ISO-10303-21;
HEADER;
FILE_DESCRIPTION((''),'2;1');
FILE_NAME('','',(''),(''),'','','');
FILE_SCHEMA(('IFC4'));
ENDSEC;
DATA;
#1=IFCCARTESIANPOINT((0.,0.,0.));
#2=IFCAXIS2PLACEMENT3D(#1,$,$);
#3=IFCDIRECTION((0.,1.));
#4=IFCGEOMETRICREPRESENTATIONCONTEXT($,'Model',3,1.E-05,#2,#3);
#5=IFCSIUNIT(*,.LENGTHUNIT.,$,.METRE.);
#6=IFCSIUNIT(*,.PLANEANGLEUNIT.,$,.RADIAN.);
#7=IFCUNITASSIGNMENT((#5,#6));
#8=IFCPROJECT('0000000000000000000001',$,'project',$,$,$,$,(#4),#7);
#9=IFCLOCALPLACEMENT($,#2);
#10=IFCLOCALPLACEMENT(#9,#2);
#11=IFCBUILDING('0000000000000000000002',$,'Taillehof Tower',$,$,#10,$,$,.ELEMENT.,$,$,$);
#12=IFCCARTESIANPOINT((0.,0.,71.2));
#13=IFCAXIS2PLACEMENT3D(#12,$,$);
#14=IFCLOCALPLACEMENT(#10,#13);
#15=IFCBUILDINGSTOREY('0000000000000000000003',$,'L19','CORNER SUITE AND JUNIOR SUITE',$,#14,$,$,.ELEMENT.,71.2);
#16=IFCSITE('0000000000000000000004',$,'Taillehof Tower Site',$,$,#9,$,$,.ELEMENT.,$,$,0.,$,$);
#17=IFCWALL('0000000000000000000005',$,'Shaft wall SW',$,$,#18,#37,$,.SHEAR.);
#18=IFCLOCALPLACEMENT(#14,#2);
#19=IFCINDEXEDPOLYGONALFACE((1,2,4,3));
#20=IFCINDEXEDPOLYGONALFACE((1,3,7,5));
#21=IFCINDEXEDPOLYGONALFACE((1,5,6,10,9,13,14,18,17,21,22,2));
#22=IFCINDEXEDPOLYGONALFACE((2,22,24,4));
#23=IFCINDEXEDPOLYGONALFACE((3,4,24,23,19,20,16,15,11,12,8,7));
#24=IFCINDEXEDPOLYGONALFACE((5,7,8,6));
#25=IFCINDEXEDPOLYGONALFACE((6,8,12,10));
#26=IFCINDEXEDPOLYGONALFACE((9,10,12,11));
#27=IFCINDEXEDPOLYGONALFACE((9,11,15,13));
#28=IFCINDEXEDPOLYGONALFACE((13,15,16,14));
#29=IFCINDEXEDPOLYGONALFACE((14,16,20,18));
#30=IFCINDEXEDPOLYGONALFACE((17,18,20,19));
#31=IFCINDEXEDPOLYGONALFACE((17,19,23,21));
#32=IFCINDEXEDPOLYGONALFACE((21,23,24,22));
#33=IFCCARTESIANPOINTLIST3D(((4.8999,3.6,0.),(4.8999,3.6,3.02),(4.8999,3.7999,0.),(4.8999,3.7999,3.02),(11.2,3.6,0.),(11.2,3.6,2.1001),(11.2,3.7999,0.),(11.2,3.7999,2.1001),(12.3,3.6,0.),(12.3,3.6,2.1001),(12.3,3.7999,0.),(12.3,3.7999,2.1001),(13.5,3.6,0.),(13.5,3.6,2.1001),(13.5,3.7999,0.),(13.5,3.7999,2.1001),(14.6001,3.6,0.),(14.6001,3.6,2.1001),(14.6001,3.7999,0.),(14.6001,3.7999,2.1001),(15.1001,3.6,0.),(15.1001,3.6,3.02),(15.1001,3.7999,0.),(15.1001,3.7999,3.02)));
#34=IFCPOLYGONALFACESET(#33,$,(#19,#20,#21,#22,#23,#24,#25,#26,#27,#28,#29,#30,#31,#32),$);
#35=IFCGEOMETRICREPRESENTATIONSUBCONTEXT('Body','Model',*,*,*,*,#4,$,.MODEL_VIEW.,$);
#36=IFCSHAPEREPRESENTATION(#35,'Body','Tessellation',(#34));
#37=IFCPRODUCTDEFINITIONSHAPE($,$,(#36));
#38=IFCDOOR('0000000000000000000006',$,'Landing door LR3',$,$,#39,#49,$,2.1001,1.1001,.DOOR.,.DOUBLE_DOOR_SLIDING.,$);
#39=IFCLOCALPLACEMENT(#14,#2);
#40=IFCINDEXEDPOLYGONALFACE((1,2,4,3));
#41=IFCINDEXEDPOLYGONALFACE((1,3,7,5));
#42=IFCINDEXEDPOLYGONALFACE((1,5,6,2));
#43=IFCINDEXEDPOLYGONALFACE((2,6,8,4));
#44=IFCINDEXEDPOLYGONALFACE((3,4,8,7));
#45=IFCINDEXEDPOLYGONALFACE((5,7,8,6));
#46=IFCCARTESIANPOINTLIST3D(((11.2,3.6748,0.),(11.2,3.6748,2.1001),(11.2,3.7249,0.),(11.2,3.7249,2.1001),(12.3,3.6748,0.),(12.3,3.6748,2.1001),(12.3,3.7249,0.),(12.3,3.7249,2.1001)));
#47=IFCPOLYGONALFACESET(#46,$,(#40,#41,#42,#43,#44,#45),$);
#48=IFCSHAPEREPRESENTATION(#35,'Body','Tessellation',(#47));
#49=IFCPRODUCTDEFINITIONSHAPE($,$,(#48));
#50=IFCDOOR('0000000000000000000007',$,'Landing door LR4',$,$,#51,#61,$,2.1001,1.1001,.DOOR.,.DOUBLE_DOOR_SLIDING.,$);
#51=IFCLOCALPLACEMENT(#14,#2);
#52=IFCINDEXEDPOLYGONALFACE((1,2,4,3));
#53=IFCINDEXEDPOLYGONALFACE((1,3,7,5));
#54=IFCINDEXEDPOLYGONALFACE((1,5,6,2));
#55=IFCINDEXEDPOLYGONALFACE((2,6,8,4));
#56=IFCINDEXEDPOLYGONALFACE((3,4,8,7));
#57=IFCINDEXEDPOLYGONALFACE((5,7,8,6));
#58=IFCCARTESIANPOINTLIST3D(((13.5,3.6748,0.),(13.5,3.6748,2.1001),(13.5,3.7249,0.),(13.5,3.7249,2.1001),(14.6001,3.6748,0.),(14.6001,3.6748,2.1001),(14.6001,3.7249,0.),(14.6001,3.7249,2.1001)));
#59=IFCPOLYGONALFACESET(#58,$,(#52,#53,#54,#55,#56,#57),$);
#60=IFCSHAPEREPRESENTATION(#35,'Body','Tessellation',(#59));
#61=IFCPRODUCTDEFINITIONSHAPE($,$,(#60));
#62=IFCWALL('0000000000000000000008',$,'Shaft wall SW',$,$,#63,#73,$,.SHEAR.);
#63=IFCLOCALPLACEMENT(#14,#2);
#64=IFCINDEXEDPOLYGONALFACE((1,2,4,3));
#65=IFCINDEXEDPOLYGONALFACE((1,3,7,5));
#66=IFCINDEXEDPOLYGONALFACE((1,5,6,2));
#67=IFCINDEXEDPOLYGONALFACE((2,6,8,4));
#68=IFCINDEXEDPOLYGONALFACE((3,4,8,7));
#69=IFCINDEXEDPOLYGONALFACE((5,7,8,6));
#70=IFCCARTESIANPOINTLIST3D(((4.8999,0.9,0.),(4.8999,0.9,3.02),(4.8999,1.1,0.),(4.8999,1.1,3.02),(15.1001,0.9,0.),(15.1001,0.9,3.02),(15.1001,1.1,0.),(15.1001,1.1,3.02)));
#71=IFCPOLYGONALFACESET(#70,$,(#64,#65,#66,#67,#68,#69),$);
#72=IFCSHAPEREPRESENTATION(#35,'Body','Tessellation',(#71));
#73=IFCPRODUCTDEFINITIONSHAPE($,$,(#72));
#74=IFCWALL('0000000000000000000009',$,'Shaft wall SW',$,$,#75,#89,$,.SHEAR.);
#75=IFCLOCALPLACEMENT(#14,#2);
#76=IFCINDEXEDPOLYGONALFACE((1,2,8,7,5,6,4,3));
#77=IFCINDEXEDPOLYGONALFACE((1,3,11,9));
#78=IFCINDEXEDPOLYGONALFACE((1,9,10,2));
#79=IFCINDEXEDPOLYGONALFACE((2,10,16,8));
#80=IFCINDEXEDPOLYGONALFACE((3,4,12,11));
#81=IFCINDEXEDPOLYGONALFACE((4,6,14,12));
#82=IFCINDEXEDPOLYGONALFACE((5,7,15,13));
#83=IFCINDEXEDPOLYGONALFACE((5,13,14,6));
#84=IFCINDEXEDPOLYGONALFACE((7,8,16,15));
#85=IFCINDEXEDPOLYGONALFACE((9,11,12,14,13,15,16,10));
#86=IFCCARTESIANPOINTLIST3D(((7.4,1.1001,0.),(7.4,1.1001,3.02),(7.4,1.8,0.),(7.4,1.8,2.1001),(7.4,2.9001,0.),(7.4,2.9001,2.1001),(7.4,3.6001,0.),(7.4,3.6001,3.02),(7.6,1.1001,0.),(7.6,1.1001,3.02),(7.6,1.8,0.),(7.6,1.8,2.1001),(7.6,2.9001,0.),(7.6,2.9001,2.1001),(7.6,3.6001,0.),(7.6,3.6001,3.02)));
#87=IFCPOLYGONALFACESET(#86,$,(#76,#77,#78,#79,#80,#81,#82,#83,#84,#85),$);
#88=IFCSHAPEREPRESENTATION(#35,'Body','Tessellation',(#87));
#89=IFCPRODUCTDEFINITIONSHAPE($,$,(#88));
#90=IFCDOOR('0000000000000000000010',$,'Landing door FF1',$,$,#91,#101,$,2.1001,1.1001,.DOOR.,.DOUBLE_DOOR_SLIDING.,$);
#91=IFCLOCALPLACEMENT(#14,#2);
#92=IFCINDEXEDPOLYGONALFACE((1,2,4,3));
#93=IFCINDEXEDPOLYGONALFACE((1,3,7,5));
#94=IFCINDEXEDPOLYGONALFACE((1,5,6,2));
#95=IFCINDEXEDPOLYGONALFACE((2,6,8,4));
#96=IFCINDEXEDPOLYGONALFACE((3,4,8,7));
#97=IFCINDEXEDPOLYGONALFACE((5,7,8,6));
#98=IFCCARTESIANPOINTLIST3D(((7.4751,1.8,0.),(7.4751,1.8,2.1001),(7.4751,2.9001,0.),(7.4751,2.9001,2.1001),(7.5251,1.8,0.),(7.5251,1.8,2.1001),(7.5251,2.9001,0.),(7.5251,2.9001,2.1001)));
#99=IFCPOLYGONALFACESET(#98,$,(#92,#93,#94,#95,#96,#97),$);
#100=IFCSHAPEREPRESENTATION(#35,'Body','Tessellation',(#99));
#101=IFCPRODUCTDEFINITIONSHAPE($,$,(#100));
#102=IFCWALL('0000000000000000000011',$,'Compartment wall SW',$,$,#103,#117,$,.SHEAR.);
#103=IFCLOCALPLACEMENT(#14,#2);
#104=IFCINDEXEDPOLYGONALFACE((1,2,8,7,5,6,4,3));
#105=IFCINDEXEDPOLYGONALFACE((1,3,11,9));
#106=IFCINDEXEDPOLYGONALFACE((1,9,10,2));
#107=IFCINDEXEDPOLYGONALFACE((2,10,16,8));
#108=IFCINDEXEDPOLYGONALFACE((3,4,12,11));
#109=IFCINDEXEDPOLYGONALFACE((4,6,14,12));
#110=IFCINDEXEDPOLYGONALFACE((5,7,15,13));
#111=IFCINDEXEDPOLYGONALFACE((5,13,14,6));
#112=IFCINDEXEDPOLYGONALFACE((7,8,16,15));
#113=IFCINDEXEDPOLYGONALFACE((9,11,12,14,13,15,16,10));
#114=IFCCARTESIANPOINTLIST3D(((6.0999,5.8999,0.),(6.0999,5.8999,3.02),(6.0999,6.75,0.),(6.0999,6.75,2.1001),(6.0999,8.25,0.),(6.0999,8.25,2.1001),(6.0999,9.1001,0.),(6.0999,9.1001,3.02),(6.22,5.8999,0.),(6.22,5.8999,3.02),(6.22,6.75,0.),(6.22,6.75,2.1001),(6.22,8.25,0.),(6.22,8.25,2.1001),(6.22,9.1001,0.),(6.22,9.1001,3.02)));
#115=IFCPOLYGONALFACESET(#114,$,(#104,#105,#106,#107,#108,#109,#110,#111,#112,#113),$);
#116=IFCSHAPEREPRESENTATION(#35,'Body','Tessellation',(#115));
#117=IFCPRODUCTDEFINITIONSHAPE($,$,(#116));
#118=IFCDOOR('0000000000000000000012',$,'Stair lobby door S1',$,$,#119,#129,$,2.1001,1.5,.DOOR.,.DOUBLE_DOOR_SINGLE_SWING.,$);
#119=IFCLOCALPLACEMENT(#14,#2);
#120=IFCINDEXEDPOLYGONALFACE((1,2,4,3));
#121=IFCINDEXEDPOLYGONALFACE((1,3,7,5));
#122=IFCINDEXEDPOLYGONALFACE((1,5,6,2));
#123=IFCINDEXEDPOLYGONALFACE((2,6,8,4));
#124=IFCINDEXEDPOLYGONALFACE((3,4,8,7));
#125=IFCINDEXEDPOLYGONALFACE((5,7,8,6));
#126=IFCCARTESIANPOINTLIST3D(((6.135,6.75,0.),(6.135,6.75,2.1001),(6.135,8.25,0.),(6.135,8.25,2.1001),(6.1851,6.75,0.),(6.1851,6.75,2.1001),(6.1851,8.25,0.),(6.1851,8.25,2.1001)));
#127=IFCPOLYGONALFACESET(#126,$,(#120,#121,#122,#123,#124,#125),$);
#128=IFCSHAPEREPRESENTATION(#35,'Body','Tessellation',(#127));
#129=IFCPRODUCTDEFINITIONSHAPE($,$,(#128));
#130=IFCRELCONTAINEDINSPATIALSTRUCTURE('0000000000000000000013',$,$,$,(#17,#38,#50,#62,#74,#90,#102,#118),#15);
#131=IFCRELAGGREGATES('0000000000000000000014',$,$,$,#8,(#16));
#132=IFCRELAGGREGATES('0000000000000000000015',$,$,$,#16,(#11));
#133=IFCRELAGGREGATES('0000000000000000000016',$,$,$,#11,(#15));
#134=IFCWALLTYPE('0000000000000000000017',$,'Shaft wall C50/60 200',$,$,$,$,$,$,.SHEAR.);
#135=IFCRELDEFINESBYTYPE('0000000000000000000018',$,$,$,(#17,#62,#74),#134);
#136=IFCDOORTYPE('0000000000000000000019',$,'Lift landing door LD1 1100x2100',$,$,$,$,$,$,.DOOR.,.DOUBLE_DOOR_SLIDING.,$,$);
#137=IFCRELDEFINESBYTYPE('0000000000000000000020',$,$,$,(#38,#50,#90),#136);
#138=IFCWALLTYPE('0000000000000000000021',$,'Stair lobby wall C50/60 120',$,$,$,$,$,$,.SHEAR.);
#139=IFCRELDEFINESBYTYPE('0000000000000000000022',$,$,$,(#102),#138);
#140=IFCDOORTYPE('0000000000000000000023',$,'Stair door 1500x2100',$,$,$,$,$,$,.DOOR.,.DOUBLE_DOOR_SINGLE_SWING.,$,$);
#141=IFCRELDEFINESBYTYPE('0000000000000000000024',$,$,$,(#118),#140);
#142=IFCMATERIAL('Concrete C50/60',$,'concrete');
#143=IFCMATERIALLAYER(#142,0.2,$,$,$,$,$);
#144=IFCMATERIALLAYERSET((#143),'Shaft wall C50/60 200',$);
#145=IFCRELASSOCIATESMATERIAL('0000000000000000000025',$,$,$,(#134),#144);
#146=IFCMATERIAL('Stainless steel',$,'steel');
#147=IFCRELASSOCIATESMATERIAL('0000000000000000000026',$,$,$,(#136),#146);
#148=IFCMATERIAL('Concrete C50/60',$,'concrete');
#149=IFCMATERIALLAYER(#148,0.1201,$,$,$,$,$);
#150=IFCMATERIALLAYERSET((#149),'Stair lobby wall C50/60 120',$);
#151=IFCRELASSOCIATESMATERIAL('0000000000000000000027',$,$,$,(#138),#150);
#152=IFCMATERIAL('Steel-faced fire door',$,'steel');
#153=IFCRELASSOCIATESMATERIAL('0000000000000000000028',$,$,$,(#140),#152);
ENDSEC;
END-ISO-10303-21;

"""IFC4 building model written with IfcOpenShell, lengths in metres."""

from ifc_helpers import new_model, si_unit, direction, frame, frame_2d, origin, place, context, subcontext, project, spatial, rectangle, extrude, material, layer, layer_set, type_object, element, fill, save


model = new_model("IFC4")

# Units and contexts
model_context = context("Model", 3, precision=1e-05, world=origin(), true_north=direction((0.0, 1.0)))
body_context = subcontext(model_context, "Body", "Model", "MODEL_VIEW")
ifc_project = project(units=[si_unit("LENGTHUNIT", "METRE"), si_unit("PLANEANGLEUNIT", "RADIAN")], contexts=[model_context])

# Site, building, storey
site_placement = place(None, origin())
site = spatial("IfcSite", under=ifc_project, at=site_placement, Name="Taillehof Tower Site", CompositionType="ELEMENT", RefElevation=0.0)
building_placement = place(site_placement, origin())
building = spatial("IfcBuilding", under=site, at=building_placement, Name="Taillehof Tower", CompositionType="ELEMENT")
storey_placement = place(building_placement, frame((0.0, 0.0, 71.2)))
storey = spatial("IfcBuildingStorey", under=building, at=storey_placement, Name="L19", Description="CORNER SUITE AND JUNIOR SUITE", CompositionType="ELEMENT", Elevation=71.2)

# Wall, openings, doors
ifc_material_1 = material(Name="Concrete C50/60", Category="concrete")
ifc_layer_1 = layer(ifc_material_1, 0.2)
ifc_layer_set_1 = layer_set([ifc_layer_1], Name="Shaft wall C50/60 200")
wall_type_1 = type_object("IfcWallType", Name="Shaft wall C50/60 200", PredefinedType="SHEAR", material=ifc_layer_set_1)
ifc_material_2 = material(Name="Stainless steel", Category="steel")
door_type_1 = type_object("IfcDoorType", Name="Lift landing door LD1 1100x2100", OperationType="DOUBLE_DOOR_SLIDING", PredefinedType="DOOR", material=ifc_material_2)
wall_1_placement = place(storey_placement, frame((4.8999, 3.7, 0.0), z_axis=(0.0, 0.0, 1.0), x_axis=(1.0, 0.0, 0.0)))
wall_1 = element("IfcWall", 1, at=wall_1_placement, inside=storey, type_object=wall_type_1, Name="Shaft wall SW", PredefinedType="SHEAR", context=body_context, shape_type="SweptSolid", body=[
    extrude(rectangle(XDim=10.2002, YDim=0.2, at=frame_2d((5.1001, 0.0))), origin(), (0.0, 0.0, 1.0), 3.02),
])
opening_1_placement = place(wall_1_placement, frame((6.3, 0.0, 0.0)))
opening_1 = element("IfcOpeningElement", 2, at=opening_1_placement, cuts=wall_1, PredefinedType="OPENING", context=body_context, shape_type="SweptSolid", body=[
    extrude(rectangle(XDim=1.1001, YDim=2.1001, at=frame_2d((0.55, 1.05))), frame((0.0, 0.1099, 0.0), z_axis=(0.0, -1.0, 0.0), x_axis=(1.0, 0.0, 0.0)), (0.0, 0.0, 1.0), 0.22),
])
opening_2_placement = place(wall_1_placement, frame((8.6001, 0.0, 0.0)))
opening_2 = element("IfcOpeningElement", 3, at=opening_2_placement, cuts=wall_1, PredefinedType="OPENING", context=body_context, shape_type="SweptSolid", body=[
    extrude(rectangle(XDim=1.1001, YDim=2.1001, at=frame_2d((0.55, 1.05))), frame((0.0, 0.1099, 0.0), z_axis=(0.0, -1.0, 0.0), x_axis=(1.0, 0.0, 0.0)), (0.0, 0.0, 1.0), 0.22),
])
door_1_placement = place(opening_1_placement, origin())
door_1 = element("IfcDoor", 4, at=door_1_placement, inside=storey, type_object=door_type_1, Name="Landing door LR3", OperationType="DOUBLE_DOOR_SLIDING", OverallHeight=2.1001, OverallWidth=1.1001, PredefinedType="DOOR", context=body_context, shape_type="SweptSolid", body=[
    extrude(rectangle(XDim=1.1001, YDim=2.1001, at=frame_2d((0.55, 1.05))), frame((0.0, 0.0249, 0.0), z_axis=(0.0, -1.0, 0.0), x_axis=(1.0, 0.0, 0.0)), (0.0, 0.0, 1.0), 0.05),
])
fill(opening_1, door_1)
door_2_placement = place(opening_2_placement, origin())
door_2 = element("IfcDoor", 5, at=door_2_placement, inside=storey, type_object=door_type_1, Name="Landing door LR4", OperationType="DOUBLE_DOOR_SLIDING", OverallHeight=2.1001, OverallWidth=1.1001, PredefinedType="DOOR", context=body_context, shape_type="SweptSolid", body=[
    extrude(rectangle(XDim=1.1001, YDim=2.1001, at=frame_2d((0.55, 1.05))), frame((0.0, 0.0249, 0.0), z_axis=(0.0, -1.0, 0.0), x_axis=(1.0, 0.0, 0.0)), (0.0, 0.0, 1.0), 0.05),
])
fill(opening_2, door_2)

# Wall
wall_2_placement = place(storey_placement, frame((4.8999, 1.0, 0.0), z_axis=(0.0, 0.0, 1.0), x_axis=(1.0, 0.0, 0.0)))
element("IfcWall", 6, at=wall_2_placement, inside=storey, type_object=wall_type_1, Name="Shaft wall SW", PredefinedType="SHEAR", context=body_context, shape_type="SweptSolid", body=[
    extrude(rectangle(XDim=10.2002, YDim=0.2, at=frame_2d((5.1001, 0.0))), origin(), (0.0, 0.0, 1.0), 3.02),
])

# Walls, openings, doors
wall_3_placement = place(storey_placement, frame((7.5, 1.1001, 0.0), z_axis=(0.0, 0.0, 1.0), x_axis=(0.0, 1.0, 0.0)))
wall_3 = element("IfcWall", 7, at=wall_3_placement, inside=storey, type_object=wall_type_1, Name="Shaft wall SW", PredefinedType="SHEAR", context=body_context, shape_type="SweptSolid", body=[
    extrude(rectangle(XDim=2.5, YDim=0.2, at=frame_2d((1.25, 0.0))), origin(), (0.0, 0.0, 1.0), 3.02),
])
opening_3_placement = place(wall_3_placement, frame((0.7, 0.0, 0.0)))
opening_3 = element("IfcOpeningElement", 8, at=opening_3_placement, cuts=wall_3, PredefinedType="OPENING", context=body_context, shape_type="SweptSolid", body=[
    extrude(rectangle(XDim=1.1001, YDim=2.1001, at=frame_2d((0.55, 1.05))), frame((0.0, 0.1099, 0.0), z_axis=(0.0, -1.0, 0.0), x_axis=(1.0, 0.0, 0.0)), (0.0, 0.0, 1.0), 0.22),
])
door_3_placement = place(opening_3_placement, origin())
door_3 = element("IfcDoor", 9, at=door_3_placement, inside=storey, type_object=door_type_1, Name="Landing door FF1", OperationType="DOUBLE_DOOR_SLIDING", OverallHeight=2.1001, OverallWidth=1.1001, PredefinedType="DOOR", context=body_context, shape_type="SweptSolid", body=[
    extrude(rectangle(XDim=1.1001, YDim=2.1001, at=frame_2d((0.55, 1.05))), frame((0.0, 0.0249, 0.0), z_axis=(0.0, -1.0, 0.0), x_axis=(1.0, 0.0, 0.0)), (0.0, 0.0, 1.0), 0.05),
])
fill(opening_3, door_3)
ifc_material_3 = material(Name="Concrete C50/60", Category="concrete")
ifc_layer_2 = layer(ifc_material_3, 0.1201)
ifc_layer_set_2 = layer_set([ifc_layer_2], Name="Stair lobby wall C50/60 120")
wall_type_2 = type_object("IfcWallType", Name="Stair lobby wall C50/60 120", PredefinedType="SHEAR", material=ifc_layer_set_2)
wall_4_placement = place(storey_placement, frame((6.1599, 5.8999, 0.0), z_axis=(0.0, 0.0, 1.0), x_axis=(0.0, 1.0, 0.0)))
wall_4 = element("IfcWall", 10, at=wall_4_placement, inside=storey, type_object=wall_type_2, Name="Compartment wall SW", PredefinedType="SHEAR", context=body_context, shape_type="SweptSolid", body=[
    extrude(rectangle(XDim=3.2002, YDim=0.1201, at=frame_2d((1.6001, 0.0))), origin(), (0.0, 0.0, 1.0), 3.02),
])
opening_4_placement = place(wall_4_placement, frame((0.8501, 0.0, 0.0)))
opening_4 = element("IfcOpeningElement", 11, at=opening_4_placement, cuts=wall_4, PredefinedType="OPENING", context=body_context, shape_type="SweptSolid", body=[
    extrude(rectangle(XDim=1.5, YDim=2.1001, at=frame_2d((0.75, 1.05))), frame((0.0, 0.0701, 0.0), z_axis=(0.0, -1.0, 0.0), x_axis=(1.0, 0.0, 0.0)), (0.0, 0.0, 1.0), 0.1401),
])
ifc_material_4 = material(Name="Steel-faced fire door", Category="steel")
door_type_2 = type_object("IfcDoorType", Name="Stair door 1500x2100", OperationType="DOUBLE_DOOR_SINGLE_SWING", PredefinedType="DOOR", material=ifc_material_4)
door_4_placement = place(opening_4_placement, origin())
door_4 = element("IfcDoor", 12, at=door_4_placement, inside=storey, type_object=door_type_2, Name="Stair lobby door S1", OperationType="DOUBLE_DOOR_SINGLE_SWING", OverallHeight=2.1001, OverallWidth=1.5, PredefinedType="DOOR", context=body_context, shape_type="SweptSolid", body=[
    extrude(rectangle(XDim=1.5, YDim=2.1001, at=frame_2d((0.75, 1.05))), frame((0.0, 0.0249, 0.0), z_axis=(0.0, -1.0, 0.0), x_axis=(1.0, 0.0, 0.0)), (0.0, 0.0, 1.0), 0.05),
])
fill(opening_4, door_4)

save(model, "model.ifc")
